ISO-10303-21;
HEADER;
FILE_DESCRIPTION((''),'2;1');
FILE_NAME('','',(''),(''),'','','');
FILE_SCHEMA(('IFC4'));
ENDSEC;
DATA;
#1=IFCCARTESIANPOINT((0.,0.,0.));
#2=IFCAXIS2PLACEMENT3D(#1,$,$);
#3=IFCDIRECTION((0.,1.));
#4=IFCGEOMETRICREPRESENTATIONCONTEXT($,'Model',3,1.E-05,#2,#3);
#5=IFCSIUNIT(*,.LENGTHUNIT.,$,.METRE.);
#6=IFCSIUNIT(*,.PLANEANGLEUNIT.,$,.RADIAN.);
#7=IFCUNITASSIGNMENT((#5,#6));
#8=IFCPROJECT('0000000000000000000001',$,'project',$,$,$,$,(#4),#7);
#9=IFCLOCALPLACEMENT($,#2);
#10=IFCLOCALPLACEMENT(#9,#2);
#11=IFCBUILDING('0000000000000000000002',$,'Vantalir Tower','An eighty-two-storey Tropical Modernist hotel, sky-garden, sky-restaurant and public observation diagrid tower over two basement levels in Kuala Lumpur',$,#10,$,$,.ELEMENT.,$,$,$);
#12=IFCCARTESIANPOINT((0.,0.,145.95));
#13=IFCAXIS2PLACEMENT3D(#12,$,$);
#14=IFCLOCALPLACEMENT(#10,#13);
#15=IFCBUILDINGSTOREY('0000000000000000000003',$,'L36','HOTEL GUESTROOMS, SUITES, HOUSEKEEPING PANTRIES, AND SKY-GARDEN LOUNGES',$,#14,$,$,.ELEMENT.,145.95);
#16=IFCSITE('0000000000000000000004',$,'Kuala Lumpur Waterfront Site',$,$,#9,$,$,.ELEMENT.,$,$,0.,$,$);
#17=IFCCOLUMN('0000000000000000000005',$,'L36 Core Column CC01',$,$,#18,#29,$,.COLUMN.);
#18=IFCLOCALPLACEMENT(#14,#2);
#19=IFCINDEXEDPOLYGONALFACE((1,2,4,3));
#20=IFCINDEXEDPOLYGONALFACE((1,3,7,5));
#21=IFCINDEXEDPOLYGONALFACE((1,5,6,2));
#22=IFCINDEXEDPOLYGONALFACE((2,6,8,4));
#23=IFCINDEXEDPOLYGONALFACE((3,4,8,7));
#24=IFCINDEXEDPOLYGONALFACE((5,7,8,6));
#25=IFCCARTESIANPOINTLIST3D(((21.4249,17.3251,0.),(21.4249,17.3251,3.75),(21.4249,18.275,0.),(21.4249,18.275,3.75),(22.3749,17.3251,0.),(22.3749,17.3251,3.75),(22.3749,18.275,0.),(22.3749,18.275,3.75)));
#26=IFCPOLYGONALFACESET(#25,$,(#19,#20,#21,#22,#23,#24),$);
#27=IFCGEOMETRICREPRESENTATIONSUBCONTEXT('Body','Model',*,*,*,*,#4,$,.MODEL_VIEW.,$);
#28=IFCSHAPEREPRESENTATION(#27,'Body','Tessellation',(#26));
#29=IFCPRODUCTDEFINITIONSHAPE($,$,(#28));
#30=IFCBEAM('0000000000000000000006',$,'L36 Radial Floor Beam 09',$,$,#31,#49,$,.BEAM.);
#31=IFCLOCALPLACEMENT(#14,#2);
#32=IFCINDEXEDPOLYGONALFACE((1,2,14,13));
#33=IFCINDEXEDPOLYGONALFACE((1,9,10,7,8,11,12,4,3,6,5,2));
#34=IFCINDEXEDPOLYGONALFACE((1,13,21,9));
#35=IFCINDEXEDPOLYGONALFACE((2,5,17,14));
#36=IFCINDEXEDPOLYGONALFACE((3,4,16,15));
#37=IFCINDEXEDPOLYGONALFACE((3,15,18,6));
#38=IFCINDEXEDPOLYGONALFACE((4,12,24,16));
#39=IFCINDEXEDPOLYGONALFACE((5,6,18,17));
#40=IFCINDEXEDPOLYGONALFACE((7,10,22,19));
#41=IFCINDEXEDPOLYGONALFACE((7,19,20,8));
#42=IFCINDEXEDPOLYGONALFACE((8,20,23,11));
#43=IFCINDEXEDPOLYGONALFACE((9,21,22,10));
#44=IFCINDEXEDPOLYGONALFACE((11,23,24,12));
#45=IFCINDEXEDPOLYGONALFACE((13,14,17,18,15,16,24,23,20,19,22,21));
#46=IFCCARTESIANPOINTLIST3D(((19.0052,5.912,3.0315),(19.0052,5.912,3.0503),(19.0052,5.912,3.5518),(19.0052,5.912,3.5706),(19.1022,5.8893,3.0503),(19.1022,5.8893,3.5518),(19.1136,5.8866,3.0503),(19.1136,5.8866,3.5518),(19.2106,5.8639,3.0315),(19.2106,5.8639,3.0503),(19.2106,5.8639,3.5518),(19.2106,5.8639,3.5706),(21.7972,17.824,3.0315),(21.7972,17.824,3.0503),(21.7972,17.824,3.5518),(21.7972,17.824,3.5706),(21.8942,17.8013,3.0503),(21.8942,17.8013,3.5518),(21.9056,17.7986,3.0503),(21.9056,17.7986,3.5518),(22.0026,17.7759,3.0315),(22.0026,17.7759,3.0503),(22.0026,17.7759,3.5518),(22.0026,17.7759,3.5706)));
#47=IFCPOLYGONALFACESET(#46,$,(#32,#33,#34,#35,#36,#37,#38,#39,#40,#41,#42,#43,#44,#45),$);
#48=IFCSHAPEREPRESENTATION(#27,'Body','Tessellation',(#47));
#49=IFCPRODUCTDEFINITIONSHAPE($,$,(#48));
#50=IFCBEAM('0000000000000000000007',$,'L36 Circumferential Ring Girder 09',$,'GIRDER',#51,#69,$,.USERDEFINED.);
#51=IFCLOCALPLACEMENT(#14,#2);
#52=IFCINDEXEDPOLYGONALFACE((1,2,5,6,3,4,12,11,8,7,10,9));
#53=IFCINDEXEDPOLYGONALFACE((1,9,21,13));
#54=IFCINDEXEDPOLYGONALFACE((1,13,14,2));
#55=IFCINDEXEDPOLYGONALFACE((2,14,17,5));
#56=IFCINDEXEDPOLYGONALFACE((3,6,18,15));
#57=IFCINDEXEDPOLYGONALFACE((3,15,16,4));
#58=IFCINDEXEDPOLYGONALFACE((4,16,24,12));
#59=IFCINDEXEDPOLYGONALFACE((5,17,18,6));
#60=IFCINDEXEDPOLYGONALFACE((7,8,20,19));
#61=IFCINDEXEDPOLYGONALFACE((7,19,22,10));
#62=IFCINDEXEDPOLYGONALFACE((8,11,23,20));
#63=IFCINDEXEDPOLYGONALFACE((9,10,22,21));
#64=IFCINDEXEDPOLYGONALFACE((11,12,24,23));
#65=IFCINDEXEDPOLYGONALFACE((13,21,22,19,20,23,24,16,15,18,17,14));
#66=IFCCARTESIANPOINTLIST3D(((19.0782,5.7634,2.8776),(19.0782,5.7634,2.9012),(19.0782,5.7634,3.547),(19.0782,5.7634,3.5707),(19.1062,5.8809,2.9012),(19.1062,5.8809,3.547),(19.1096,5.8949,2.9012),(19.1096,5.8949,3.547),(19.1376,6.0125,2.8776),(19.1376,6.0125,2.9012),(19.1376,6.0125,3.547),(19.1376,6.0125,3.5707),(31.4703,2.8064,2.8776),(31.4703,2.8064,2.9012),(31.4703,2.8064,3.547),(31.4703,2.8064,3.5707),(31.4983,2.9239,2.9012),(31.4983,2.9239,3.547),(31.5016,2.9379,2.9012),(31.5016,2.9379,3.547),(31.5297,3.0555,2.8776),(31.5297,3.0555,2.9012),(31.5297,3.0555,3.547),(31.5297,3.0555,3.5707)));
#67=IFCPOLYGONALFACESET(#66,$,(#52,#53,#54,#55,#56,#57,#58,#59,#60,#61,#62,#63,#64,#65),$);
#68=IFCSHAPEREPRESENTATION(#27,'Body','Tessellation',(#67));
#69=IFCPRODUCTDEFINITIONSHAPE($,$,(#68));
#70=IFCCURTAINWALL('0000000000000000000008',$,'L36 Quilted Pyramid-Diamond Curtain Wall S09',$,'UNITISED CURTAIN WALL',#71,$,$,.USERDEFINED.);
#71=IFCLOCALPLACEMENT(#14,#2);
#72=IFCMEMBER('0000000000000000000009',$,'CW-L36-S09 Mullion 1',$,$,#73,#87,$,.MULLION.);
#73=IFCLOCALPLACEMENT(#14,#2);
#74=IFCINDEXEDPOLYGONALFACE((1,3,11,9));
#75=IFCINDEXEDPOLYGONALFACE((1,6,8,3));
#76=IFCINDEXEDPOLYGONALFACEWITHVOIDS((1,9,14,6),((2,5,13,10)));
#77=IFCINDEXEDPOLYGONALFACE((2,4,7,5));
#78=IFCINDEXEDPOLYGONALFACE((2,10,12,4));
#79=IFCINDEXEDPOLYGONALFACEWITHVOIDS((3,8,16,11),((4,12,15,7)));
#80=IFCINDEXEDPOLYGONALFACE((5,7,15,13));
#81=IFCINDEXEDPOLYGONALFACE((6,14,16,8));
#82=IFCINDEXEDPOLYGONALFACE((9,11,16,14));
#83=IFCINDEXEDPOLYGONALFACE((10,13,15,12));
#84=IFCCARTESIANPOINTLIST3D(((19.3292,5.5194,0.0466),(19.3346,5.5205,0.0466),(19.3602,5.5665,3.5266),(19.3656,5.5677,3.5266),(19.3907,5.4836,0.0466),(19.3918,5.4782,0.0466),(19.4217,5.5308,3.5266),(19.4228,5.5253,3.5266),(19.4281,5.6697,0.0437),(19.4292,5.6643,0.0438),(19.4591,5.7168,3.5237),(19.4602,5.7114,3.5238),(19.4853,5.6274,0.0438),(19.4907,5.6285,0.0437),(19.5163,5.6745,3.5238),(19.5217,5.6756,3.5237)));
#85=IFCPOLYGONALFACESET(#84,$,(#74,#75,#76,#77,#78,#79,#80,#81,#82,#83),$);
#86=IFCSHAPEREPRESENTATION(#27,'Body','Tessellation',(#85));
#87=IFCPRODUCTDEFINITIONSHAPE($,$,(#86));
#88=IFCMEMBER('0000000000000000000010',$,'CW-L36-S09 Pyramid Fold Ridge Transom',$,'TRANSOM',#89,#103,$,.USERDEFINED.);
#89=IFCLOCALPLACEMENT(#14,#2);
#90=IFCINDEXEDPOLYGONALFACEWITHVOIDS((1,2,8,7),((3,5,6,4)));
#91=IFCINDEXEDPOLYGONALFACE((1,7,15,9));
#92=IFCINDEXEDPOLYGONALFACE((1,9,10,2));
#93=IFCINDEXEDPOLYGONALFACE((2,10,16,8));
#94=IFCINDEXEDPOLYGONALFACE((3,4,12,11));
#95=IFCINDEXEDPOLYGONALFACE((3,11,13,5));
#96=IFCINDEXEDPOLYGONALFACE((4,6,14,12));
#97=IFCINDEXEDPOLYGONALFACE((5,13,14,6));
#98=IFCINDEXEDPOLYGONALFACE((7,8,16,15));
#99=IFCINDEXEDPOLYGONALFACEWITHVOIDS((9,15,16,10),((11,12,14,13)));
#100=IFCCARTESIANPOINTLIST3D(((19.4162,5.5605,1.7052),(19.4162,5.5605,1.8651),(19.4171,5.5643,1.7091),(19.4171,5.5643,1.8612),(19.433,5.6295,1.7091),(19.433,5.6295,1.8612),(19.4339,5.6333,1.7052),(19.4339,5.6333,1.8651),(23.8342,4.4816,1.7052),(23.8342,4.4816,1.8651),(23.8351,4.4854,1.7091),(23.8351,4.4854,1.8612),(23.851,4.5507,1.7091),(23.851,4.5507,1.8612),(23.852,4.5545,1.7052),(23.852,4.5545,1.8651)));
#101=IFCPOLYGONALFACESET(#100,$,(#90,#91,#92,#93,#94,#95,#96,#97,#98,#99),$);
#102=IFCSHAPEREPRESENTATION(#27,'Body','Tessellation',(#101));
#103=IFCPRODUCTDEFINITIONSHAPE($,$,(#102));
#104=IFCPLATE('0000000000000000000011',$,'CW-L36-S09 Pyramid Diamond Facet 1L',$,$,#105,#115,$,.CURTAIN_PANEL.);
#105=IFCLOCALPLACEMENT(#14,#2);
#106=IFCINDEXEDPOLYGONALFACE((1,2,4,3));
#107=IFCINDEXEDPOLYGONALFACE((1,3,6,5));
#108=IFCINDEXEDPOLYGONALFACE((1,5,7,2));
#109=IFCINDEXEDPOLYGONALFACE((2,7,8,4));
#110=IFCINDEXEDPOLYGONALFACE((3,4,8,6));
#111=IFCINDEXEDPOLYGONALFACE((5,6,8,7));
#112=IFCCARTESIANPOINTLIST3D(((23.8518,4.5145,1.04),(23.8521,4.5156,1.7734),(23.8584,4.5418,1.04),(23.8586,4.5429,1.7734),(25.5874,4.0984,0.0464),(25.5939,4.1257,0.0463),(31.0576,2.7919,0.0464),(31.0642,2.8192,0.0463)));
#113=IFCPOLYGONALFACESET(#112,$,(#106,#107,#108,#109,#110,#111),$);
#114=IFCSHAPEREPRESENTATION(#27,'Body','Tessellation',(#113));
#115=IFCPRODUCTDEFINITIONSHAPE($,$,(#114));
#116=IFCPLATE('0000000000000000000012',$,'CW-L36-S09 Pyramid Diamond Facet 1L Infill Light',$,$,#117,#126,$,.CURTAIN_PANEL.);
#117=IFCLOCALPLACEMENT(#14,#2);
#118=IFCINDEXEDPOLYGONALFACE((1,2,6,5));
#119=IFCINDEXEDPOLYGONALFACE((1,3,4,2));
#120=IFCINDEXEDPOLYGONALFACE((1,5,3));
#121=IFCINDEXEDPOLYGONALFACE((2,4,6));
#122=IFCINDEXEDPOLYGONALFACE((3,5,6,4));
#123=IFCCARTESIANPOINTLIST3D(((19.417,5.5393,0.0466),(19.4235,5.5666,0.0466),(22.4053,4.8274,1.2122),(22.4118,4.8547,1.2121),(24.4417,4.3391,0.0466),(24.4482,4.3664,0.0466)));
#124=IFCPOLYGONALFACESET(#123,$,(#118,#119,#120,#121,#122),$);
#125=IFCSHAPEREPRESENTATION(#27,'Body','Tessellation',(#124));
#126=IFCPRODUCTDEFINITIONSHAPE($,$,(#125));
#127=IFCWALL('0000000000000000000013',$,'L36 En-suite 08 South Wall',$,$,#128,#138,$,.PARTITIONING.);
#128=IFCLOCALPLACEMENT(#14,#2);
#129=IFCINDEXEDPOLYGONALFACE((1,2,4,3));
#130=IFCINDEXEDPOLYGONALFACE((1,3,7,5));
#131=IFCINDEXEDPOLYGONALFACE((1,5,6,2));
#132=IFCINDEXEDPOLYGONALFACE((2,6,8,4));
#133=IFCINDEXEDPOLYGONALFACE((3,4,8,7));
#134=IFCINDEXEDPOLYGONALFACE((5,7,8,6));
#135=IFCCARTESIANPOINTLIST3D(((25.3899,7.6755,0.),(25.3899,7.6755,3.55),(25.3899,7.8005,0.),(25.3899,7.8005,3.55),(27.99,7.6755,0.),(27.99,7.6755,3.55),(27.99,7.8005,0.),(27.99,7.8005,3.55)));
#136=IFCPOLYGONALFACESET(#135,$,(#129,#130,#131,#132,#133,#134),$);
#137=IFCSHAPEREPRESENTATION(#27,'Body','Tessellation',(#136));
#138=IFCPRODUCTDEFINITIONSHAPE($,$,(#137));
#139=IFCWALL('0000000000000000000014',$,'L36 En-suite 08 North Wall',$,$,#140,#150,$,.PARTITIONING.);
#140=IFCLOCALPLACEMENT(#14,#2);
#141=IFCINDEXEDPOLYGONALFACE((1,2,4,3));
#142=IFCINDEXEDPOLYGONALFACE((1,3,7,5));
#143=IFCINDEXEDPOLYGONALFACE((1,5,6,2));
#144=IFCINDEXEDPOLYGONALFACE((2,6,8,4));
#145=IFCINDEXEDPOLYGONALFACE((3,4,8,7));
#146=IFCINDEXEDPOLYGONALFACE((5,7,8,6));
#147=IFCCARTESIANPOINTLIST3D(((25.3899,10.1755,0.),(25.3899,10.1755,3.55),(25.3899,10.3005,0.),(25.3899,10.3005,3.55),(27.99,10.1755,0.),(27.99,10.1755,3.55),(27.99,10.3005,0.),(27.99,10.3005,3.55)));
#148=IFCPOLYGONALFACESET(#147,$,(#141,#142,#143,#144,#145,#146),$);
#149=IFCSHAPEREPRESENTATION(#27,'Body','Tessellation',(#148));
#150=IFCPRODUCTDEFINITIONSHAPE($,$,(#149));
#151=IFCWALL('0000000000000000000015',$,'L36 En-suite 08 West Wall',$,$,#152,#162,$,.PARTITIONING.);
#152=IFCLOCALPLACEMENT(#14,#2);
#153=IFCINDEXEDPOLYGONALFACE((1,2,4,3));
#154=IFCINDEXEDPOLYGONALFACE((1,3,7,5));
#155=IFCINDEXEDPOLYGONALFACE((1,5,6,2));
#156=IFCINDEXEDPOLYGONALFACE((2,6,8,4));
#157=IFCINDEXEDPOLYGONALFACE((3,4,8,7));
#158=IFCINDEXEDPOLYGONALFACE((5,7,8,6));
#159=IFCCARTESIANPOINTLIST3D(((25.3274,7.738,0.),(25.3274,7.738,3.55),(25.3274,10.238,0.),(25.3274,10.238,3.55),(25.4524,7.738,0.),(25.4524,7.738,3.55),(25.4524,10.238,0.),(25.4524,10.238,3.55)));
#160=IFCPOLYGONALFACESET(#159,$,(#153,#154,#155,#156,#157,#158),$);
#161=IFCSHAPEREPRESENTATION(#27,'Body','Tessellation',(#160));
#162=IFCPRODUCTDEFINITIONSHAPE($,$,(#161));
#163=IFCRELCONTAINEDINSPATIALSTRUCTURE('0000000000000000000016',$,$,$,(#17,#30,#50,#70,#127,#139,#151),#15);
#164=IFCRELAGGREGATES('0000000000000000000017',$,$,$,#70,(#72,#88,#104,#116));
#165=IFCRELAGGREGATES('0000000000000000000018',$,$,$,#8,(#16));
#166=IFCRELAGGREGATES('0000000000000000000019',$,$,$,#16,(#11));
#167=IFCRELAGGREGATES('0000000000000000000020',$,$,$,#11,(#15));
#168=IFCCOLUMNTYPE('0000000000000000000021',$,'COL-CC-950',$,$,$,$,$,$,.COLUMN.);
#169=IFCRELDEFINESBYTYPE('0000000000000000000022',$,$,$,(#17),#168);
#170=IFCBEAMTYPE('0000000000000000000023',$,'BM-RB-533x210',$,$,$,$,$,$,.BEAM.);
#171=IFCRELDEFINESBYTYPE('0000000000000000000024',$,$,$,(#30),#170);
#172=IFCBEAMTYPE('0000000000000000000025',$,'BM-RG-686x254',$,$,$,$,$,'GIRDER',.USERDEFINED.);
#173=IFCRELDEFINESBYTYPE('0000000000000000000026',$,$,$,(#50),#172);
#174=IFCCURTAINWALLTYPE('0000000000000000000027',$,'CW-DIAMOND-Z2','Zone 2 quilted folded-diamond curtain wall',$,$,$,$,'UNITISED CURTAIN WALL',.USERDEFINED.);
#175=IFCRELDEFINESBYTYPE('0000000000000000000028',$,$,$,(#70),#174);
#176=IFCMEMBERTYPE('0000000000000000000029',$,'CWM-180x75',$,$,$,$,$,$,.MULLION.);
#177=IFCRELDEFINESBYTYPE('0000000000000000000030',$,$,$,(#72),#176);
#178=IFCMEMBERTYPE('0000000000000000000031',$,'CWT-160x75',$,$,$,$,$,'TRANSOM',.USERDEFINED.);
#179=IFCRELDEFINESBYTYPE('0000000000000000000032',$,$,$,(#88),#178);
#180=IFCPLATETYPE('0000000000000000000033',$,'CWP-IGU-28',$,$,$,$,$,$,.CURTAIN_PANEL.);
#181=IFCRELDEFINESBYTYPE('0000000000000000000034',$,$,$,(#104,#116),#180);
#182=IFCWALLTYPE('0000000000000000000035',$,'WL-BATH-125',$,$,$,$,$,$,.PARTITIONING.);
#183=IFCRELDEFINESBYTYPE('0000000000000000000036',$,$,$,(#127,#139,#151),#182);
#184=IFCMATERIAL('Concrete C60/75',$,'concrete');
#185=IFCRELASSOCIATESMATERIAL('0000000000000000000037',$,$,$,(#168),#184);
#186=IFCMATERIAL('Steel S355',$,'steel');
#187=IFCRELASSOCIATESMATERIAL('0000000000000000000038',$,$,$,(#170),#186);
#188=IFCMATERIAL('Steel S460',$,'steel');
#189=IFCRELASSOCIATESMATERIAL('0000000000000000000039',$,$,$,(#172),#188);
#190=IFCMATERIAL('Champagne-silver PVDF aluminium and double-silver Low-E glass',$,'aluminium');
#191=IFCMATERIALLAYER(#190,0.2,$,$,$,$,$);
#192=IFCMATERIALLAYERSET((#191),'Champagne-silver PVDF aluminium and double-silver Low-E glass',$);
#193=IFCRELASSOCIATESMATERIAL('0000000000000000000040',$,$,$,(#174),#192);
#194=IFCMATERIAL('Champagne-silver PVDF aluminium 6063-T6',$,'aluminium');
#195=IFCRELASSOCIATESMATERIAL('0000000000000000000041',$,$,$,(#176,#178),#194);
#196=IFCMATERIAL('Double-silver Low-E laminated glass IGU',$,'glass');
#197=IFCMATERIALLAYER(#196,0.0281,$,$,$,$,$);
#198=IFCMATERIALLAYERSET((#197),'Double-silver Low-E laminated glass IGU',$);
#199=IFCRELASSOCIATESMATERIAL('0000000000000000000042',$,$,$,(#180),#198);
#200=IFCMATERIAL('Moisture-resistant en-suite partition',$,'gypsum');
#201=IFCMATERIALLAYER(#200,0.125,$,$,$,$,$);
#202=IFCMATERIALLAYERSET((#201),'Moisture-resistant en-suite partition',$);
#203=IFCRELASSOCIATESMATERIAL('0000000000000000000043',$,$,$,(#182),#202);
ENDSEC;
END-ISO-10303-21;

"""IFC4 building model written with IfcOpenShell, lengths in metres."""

from ifc_helpers import new_model, si_unit, direction, frame, frame_2d, origin, origin_2d, place, context, subcontext, project, spatial, polyline, rectangle, hollow_rectangle, i_section, outline, extrude, material, layer, layer_set, material_profile, profile_set, type_object, element, aggregate, save


model = new_model("IFC4")

# Units and contexts
model_context = context("Model", 3, precision=1e-05, world=origin(), true_north=direction((0.0, 1.0)))
body_context = subcontext(model_context, "Body", "Model", "MODEL_VIEW")
ifc_project = project(units=[si_unit("LENGTHUNIT", "METRE"), si_unit("PLANEANGLEUNIT", "RADIAN")], contexts=[model_context])

# Site, building, storey
site_placement = place(None, origin())
site = spatial("IfcSite", under=ifc_project, at=site_placement, Name="Kuala Lumpur Waterfront Site", CompositionType="ELEMENT", RefElevation=0.0)
building_placement = place(site_placement, origin())
building = spatial("IfcBuilding", under=site, at=building_placement, Name="Vantalir Tower", Description="An eighty-two-storey Tropical Modernist hotel, sky-garden, sky-restaurant and public observation diagrid tower over two basement levels in Kuala Lumpur", CompositionType="ELEMENT")
storey_placement = place(building_placement, frame((0.0, 0.0, 145.95)))
storey = spatial("IfcBuildingStorey", under=building, at=storey_placement, Name="L36", Description="HOTEL GUESTROOMS, SUITES, HOUSEKEEPING PANTRIES, AND SKY-GARDEN LOUNGES", CompositionType="ELEMENT", Elevation=145.95)

# Column
ifc_material_1 = material(Name="Concrete C60/75", Category="concrete")
ifc_material_profile_1 = material_profile(ifc_material_1, rectangle(XDim=0.95, YDim=0.95, at=origin_2d()), Name="Concrete C60/75")
ifc_profile_set_1 = profile_set([ifc_material_profile_1], Name="Concrete C60/75")
column_type = type_object("IfcColumnType", Name="COL-CC-950", PredefinedType="COLUMN", material=ifc_profile_set_1)
column_placement = place(storey_placement, frame((21.8999, 17.8, 0.0), z_axis=(0.0, 0.0, 1.0), x_axis=(1.0, 0.0, 0.0)))
element("IfcColumn", 1, at=column_placement, inside=storey, type_object=column_type, Name="L36 Core Column CC01", PredefinedType="COLUMN", context=body_context, shape_type="SweptSolid", body=[
    extrude(rectangle(XDim=0.95, YDim=0.95, at=origin_2d()), origin(), (0.0, 0.0, 1.0), 3.75),
])

# Beams
ifc_material_2 = material(Name="Steel S355", Category="steel")
ifc_material_profile_2 = material_profile(ifc_material_2, i_section(OverallWidth=0.2109, OverallDepth=0.5391, WebThickness=0.0117, FlangeThickness=0.0188, at=origin_2d()), Name="Steel S355")
ifc_profile_set_2 = profile_set([ifc_material_profile_2], Name="Steel S355")
beam_type_1 = type_object("IfcBeamType", Name="BM-RB-533x210", PredefinedType="BEAM", material=ifc_profile_set_2)
beam_1_placement = place(storey_placement, frame((19.1079, 5.8879, 3.301), z_axis=(0.228198, 0.973615, 0.0), x_axis=(-0.973615, 0.228198, 0.0)))
element("IfcBeam", 2, at=beam_1_placement, inside=storey, type_object=beam_type_1, Name="L36 Radial Floor Beam 09", PredefinedType="BEAM", context=body_context, shape_type="SweptSolid", body=[
    extrude(i_section(OverallWidth=0.2109, OverallDepth=0.5391, WebThickness=0.0117, FlangeThickness=0.0188, at=origin_2d()), origin(), (0.0, 0.0, 1.0), 12.2349),
])
ifc_material_3 = material(Name="Steel S460", Category="steel")
ifc_material_profile_3 = material_profile(ifc_material_3, i_section(OverallWidth=0.2561, OverallDepth=0.6931, WebThickness=0.0144, FlangeThickness=0.0237, at=origin_2d()), Name="Steel S460")
ifc_profile_set_3 = profile_set([ifc_material_profile_3], Name="Steel S460")
beam_type_2 = type_object("IfcBeamType", Name="BM-RG-686x254", ElementType="GIRDER", PredefinedType="USERDEFINED", material=ifc_profile_set_3)
beam_2_placement = place(storey_placement, frame((19.1079, 5.8879, 3.2241), z_axis=(0.972691, -0.232106, 0.0), x_axis=(0.232106, 0.972691, 0.0)))
element("IfcBeam", 3, at=beam_2_placement, inside=storey, type_object=beam_type_2, Name="L36 Circumferential Ring Girder 09", ObjectType="GIRDER", PredefinedType="USERDEFINED", context=body_context, shape_type="SweptSolid", body=[
    extrude(i_section(OverallWidth=0.2561, OverallDepth=0.6931, WebThickness=0.0144, FlangeThickness=0.0237, at=origin_2d()), origin(), (0.0, 0.0, 1.0), 12.74),
])

# Curtain wall, members, plates
ifc_material_4 = material(Name="Champagne-silver PVDF aluminium and double-silver Low-E glass", Category="aluminium")
ifc_layer_1 = layer(ifc_material_4, 0.2)
ifc_layer_set_1 = layer_set([ifc_layer_1], Name="Champagne-silver PVDF aluminium and double-silver Low-E glass")
curtain_wall_type = type_object("IfcCurtainWallType", Name="CW-DIAMOND-Z2", Description="Zone 2 quilted folded-diamond curtain wall", ElementType="UNITISED CURTAIN WALL", PredefinedType="USERDEFINED", material=ifc_layer_set_1)
curtain_wall_placement = place(storey_placement, origin())
curtain_wall = element("IfcCurtainWall", 4, at=curtain_wall_placement, inside=storey, type_object=curtain_wall_type, Name="L36 Quilted Pyramid-Diamond Curtain Wall S09", ObjectType="UNITISED CURTAIN WALL", PredefinedType="USERDEFINED")
ifc_material_5 = material(Name="Champagne-silver PVDF aluminium 6063-T6", Category="aluminium")
ifc_material_profile_4 = material_profile(ifc_material_5, hollow_rectangle(XDim=0.075, YDim=0.1799, WallThickness=0.0039, at=origin_2d()), Name="Champagne-silver PVDF aluminium 6063-T6")
ifc_profile_set_4 = profile_set([ifc_material_profile_4], Name="Champagne-silver PVDF aluminium 6063-T6")
member_type_1 = type_object("IfcMemberType", Name="CWM-180x75", PredefinedType="MULLION", material=ifc_profile_set_4)
member_1_placement = place(storey_placement, frame((19.4099, 5.574, 0.0452), z_axis=(0.008909, 0.013538, 0.999869), x_axis=(-0.835365, 0.549696, 0.0)))
member_1 = element("IfcMember", 5, at=member_1_placement, type_object=member_type_1, Name="CW-L36-S09 Mullion 1", PredefinedType="MULLION", context=body_context, shape_type="SweptSolid", body=[
    extrude(hollow_rectangle(XDim=0.075, YDim=0.1799, WallThickness=0.0039, at=origin_2d()), origin(), (0.0, 0.0, 1.0), 3.4805),
])
ifc_material_profile_5 = material_profile(ifc_material_5, hollow_rectangle(XDim=0.075, YDim=0.1599, WallThickness=0.0039, at=origin_2d()), Name="Champagne-silver PVDF aluminium 6063-T6")
ifc_profile_set_5 = profile_set([ifc_material_profile_5], Name="Champagne-silver PVDF aluminium 6063-T6")
member_type_2 = type_object("IfcMemberType", Name="CWT-160x75", ElementType="TRANSOM", PredefinedType="USERDEFINED", material=ifc_profile_set_5)
member_2_placement = place(storey_placement, frame((19.425, 5.5969, 1.7852), z_axis=(0.971454, -0.237227, 0.0), x_axis=(0.237227, 0.971454, 0.0)))
member_2 = element("IfcMember", 6, at=member_2_placement, type_object=member_type_2, Name="CW-L36-S09 Pyramid Fold Ridge Transom", ObjectType="TRANSOM", PredefinedType="USERDEFINED", context=body_context, shape_type="SweptSolid", body=[
    extrude(hollow_rectangle(XDim=0.075, YDim=0.1599, WallThickness=0.0039, at=origin_2d()), origin(), (0.0, 0.0, 1.0), 4.5479),
])
ifc_material_6 = material(Name="Double-silver Low-E laminated glass IGU", Category="glass")
ifc_layer_2 = layer(ifc_material_6, 0.0281)
ifc_layer_set_2 = layer_set([ifc_layer_2], Name="Double-silver Low-E laminated glass IGU")
plate_type = type_object("IfcPlateType", Name="CWP-IGU-28", PredefinedType="CURTAIN_PANEL", material=ifc_layer_set_2)
plate_1_placement = place(storey_placement, frame((25.5874, 4.0984, 0.0464), z_axis=(-0.23231, -0.972641, 0.001553), x_axis=(0.972642, -0.23231, 0.0)))
plate_1 = element("IfcPlate", 7, at=plate_1_placement, type_object=plate_type, Name="CW-L36-S09 Pyramid Diamond Facet 1L", PredefinedType="CURTAIN_PANEL", context=body_context, shape_type="SweptSolid", body=[
    extrude(outline(polyline([(0.0, 0.0), (5.6241, 0.0), (-1.7848, 1.7271), (-1.7848, 0.9937), (0.0, 0.0)])), origin(), (0.0, 0.0, -1.0), 0.0281),
])
plate_2_placement = place(storey_placement, frame((19.417, 5.5393, 0.0466), z_axis=(-0.232325, -0.972637, 0.001561), x_axis=(0.972638, -0.232325, 0.0)))
plate_2 = element("IfcPlate", 8, at=plate_2_placement, type_object=plate_type, Name="CW-L36-S09 Pyramid Diamond Facet 1L Infill Light", PredefinedType="CURTAIN_PANEL", context=body_context, shape_type="SweptSolid", body=[
    extrude(outline(polyline([(0.0, 0.0), (5.166, 0.0), (3.0719, 1.1655), (0.0, 0.0)])), origin(), (0.0, 0.0, -1.0), 0.0281),
])
aggregate(curtain_wall, [member_1, member_2, plate_1, plate_2])

# Walls
ifc_material_7 = material(Name="Moisture-resistant en-suite partition", Category="gypsum")
ifc_layer_3 = layer(ifc_material_7, 0.125)
ifc_layer_set_3 = layer_set([ifc_layer_3], Name="Moisture-resistant en-suite partition")
wall_type_1 = type_object("IfcWallType", Name="WL-BATH-125", PredefinedType="PARTITIONING", material=ifc_layer_set_3)
for number, where, z_axis, x_axis, name in (
    (9, (25.3899, 7.738, 0.0), (0.0, 0.0, 1.0), (1.0, 0.0, 0.0), "L36 En-suite 08 South Wall"),
    (10, (25.3899, 10.238, 0.0), (0.0, 0.0, 1.0), (1.0, 0.0, 0.0), "L36 En-suite 08 North Wall"),
):
    element("IfcWall", number, at=place(storey_placement, frame(where, z_axis=z_axis, x_axis=x_axis)), inside=storey, type_object=wall_type_1, Name=name, PredefinedType="PARTITIONING", context=body_context, shape_type="SweptSolid", body=[
        extrude(rectangle(XDim=2.6001, YDim=0.125, at=frame_2d((1.3, 0.0))), origin(), (0.0, 0.0, 1.0), 3.55),
    ])
wall_1_placement = place(storey_placement, frame((25.3899, 7.738, 0.0), z_axis=(0.0, 0.0, 1.0), x_axis=(0.0, 1.0, 0.0)))
element("IfcWall", 11, at=wall_1_placement, inside=storey, type_object=wall_type_1, Name="L36 En-suite 08 West Wall", PredefinedType="PARTITIONING", context=body_context, shape_type="SweptSolid", body=[
    extrude(rectangle(XDim=2.5, YDim=0.125, at=frame_2d((1.25, 0.0))), origin(), (0.0, 0.0, 1.0), 3.55),
])

save(model, "model.ifc")
